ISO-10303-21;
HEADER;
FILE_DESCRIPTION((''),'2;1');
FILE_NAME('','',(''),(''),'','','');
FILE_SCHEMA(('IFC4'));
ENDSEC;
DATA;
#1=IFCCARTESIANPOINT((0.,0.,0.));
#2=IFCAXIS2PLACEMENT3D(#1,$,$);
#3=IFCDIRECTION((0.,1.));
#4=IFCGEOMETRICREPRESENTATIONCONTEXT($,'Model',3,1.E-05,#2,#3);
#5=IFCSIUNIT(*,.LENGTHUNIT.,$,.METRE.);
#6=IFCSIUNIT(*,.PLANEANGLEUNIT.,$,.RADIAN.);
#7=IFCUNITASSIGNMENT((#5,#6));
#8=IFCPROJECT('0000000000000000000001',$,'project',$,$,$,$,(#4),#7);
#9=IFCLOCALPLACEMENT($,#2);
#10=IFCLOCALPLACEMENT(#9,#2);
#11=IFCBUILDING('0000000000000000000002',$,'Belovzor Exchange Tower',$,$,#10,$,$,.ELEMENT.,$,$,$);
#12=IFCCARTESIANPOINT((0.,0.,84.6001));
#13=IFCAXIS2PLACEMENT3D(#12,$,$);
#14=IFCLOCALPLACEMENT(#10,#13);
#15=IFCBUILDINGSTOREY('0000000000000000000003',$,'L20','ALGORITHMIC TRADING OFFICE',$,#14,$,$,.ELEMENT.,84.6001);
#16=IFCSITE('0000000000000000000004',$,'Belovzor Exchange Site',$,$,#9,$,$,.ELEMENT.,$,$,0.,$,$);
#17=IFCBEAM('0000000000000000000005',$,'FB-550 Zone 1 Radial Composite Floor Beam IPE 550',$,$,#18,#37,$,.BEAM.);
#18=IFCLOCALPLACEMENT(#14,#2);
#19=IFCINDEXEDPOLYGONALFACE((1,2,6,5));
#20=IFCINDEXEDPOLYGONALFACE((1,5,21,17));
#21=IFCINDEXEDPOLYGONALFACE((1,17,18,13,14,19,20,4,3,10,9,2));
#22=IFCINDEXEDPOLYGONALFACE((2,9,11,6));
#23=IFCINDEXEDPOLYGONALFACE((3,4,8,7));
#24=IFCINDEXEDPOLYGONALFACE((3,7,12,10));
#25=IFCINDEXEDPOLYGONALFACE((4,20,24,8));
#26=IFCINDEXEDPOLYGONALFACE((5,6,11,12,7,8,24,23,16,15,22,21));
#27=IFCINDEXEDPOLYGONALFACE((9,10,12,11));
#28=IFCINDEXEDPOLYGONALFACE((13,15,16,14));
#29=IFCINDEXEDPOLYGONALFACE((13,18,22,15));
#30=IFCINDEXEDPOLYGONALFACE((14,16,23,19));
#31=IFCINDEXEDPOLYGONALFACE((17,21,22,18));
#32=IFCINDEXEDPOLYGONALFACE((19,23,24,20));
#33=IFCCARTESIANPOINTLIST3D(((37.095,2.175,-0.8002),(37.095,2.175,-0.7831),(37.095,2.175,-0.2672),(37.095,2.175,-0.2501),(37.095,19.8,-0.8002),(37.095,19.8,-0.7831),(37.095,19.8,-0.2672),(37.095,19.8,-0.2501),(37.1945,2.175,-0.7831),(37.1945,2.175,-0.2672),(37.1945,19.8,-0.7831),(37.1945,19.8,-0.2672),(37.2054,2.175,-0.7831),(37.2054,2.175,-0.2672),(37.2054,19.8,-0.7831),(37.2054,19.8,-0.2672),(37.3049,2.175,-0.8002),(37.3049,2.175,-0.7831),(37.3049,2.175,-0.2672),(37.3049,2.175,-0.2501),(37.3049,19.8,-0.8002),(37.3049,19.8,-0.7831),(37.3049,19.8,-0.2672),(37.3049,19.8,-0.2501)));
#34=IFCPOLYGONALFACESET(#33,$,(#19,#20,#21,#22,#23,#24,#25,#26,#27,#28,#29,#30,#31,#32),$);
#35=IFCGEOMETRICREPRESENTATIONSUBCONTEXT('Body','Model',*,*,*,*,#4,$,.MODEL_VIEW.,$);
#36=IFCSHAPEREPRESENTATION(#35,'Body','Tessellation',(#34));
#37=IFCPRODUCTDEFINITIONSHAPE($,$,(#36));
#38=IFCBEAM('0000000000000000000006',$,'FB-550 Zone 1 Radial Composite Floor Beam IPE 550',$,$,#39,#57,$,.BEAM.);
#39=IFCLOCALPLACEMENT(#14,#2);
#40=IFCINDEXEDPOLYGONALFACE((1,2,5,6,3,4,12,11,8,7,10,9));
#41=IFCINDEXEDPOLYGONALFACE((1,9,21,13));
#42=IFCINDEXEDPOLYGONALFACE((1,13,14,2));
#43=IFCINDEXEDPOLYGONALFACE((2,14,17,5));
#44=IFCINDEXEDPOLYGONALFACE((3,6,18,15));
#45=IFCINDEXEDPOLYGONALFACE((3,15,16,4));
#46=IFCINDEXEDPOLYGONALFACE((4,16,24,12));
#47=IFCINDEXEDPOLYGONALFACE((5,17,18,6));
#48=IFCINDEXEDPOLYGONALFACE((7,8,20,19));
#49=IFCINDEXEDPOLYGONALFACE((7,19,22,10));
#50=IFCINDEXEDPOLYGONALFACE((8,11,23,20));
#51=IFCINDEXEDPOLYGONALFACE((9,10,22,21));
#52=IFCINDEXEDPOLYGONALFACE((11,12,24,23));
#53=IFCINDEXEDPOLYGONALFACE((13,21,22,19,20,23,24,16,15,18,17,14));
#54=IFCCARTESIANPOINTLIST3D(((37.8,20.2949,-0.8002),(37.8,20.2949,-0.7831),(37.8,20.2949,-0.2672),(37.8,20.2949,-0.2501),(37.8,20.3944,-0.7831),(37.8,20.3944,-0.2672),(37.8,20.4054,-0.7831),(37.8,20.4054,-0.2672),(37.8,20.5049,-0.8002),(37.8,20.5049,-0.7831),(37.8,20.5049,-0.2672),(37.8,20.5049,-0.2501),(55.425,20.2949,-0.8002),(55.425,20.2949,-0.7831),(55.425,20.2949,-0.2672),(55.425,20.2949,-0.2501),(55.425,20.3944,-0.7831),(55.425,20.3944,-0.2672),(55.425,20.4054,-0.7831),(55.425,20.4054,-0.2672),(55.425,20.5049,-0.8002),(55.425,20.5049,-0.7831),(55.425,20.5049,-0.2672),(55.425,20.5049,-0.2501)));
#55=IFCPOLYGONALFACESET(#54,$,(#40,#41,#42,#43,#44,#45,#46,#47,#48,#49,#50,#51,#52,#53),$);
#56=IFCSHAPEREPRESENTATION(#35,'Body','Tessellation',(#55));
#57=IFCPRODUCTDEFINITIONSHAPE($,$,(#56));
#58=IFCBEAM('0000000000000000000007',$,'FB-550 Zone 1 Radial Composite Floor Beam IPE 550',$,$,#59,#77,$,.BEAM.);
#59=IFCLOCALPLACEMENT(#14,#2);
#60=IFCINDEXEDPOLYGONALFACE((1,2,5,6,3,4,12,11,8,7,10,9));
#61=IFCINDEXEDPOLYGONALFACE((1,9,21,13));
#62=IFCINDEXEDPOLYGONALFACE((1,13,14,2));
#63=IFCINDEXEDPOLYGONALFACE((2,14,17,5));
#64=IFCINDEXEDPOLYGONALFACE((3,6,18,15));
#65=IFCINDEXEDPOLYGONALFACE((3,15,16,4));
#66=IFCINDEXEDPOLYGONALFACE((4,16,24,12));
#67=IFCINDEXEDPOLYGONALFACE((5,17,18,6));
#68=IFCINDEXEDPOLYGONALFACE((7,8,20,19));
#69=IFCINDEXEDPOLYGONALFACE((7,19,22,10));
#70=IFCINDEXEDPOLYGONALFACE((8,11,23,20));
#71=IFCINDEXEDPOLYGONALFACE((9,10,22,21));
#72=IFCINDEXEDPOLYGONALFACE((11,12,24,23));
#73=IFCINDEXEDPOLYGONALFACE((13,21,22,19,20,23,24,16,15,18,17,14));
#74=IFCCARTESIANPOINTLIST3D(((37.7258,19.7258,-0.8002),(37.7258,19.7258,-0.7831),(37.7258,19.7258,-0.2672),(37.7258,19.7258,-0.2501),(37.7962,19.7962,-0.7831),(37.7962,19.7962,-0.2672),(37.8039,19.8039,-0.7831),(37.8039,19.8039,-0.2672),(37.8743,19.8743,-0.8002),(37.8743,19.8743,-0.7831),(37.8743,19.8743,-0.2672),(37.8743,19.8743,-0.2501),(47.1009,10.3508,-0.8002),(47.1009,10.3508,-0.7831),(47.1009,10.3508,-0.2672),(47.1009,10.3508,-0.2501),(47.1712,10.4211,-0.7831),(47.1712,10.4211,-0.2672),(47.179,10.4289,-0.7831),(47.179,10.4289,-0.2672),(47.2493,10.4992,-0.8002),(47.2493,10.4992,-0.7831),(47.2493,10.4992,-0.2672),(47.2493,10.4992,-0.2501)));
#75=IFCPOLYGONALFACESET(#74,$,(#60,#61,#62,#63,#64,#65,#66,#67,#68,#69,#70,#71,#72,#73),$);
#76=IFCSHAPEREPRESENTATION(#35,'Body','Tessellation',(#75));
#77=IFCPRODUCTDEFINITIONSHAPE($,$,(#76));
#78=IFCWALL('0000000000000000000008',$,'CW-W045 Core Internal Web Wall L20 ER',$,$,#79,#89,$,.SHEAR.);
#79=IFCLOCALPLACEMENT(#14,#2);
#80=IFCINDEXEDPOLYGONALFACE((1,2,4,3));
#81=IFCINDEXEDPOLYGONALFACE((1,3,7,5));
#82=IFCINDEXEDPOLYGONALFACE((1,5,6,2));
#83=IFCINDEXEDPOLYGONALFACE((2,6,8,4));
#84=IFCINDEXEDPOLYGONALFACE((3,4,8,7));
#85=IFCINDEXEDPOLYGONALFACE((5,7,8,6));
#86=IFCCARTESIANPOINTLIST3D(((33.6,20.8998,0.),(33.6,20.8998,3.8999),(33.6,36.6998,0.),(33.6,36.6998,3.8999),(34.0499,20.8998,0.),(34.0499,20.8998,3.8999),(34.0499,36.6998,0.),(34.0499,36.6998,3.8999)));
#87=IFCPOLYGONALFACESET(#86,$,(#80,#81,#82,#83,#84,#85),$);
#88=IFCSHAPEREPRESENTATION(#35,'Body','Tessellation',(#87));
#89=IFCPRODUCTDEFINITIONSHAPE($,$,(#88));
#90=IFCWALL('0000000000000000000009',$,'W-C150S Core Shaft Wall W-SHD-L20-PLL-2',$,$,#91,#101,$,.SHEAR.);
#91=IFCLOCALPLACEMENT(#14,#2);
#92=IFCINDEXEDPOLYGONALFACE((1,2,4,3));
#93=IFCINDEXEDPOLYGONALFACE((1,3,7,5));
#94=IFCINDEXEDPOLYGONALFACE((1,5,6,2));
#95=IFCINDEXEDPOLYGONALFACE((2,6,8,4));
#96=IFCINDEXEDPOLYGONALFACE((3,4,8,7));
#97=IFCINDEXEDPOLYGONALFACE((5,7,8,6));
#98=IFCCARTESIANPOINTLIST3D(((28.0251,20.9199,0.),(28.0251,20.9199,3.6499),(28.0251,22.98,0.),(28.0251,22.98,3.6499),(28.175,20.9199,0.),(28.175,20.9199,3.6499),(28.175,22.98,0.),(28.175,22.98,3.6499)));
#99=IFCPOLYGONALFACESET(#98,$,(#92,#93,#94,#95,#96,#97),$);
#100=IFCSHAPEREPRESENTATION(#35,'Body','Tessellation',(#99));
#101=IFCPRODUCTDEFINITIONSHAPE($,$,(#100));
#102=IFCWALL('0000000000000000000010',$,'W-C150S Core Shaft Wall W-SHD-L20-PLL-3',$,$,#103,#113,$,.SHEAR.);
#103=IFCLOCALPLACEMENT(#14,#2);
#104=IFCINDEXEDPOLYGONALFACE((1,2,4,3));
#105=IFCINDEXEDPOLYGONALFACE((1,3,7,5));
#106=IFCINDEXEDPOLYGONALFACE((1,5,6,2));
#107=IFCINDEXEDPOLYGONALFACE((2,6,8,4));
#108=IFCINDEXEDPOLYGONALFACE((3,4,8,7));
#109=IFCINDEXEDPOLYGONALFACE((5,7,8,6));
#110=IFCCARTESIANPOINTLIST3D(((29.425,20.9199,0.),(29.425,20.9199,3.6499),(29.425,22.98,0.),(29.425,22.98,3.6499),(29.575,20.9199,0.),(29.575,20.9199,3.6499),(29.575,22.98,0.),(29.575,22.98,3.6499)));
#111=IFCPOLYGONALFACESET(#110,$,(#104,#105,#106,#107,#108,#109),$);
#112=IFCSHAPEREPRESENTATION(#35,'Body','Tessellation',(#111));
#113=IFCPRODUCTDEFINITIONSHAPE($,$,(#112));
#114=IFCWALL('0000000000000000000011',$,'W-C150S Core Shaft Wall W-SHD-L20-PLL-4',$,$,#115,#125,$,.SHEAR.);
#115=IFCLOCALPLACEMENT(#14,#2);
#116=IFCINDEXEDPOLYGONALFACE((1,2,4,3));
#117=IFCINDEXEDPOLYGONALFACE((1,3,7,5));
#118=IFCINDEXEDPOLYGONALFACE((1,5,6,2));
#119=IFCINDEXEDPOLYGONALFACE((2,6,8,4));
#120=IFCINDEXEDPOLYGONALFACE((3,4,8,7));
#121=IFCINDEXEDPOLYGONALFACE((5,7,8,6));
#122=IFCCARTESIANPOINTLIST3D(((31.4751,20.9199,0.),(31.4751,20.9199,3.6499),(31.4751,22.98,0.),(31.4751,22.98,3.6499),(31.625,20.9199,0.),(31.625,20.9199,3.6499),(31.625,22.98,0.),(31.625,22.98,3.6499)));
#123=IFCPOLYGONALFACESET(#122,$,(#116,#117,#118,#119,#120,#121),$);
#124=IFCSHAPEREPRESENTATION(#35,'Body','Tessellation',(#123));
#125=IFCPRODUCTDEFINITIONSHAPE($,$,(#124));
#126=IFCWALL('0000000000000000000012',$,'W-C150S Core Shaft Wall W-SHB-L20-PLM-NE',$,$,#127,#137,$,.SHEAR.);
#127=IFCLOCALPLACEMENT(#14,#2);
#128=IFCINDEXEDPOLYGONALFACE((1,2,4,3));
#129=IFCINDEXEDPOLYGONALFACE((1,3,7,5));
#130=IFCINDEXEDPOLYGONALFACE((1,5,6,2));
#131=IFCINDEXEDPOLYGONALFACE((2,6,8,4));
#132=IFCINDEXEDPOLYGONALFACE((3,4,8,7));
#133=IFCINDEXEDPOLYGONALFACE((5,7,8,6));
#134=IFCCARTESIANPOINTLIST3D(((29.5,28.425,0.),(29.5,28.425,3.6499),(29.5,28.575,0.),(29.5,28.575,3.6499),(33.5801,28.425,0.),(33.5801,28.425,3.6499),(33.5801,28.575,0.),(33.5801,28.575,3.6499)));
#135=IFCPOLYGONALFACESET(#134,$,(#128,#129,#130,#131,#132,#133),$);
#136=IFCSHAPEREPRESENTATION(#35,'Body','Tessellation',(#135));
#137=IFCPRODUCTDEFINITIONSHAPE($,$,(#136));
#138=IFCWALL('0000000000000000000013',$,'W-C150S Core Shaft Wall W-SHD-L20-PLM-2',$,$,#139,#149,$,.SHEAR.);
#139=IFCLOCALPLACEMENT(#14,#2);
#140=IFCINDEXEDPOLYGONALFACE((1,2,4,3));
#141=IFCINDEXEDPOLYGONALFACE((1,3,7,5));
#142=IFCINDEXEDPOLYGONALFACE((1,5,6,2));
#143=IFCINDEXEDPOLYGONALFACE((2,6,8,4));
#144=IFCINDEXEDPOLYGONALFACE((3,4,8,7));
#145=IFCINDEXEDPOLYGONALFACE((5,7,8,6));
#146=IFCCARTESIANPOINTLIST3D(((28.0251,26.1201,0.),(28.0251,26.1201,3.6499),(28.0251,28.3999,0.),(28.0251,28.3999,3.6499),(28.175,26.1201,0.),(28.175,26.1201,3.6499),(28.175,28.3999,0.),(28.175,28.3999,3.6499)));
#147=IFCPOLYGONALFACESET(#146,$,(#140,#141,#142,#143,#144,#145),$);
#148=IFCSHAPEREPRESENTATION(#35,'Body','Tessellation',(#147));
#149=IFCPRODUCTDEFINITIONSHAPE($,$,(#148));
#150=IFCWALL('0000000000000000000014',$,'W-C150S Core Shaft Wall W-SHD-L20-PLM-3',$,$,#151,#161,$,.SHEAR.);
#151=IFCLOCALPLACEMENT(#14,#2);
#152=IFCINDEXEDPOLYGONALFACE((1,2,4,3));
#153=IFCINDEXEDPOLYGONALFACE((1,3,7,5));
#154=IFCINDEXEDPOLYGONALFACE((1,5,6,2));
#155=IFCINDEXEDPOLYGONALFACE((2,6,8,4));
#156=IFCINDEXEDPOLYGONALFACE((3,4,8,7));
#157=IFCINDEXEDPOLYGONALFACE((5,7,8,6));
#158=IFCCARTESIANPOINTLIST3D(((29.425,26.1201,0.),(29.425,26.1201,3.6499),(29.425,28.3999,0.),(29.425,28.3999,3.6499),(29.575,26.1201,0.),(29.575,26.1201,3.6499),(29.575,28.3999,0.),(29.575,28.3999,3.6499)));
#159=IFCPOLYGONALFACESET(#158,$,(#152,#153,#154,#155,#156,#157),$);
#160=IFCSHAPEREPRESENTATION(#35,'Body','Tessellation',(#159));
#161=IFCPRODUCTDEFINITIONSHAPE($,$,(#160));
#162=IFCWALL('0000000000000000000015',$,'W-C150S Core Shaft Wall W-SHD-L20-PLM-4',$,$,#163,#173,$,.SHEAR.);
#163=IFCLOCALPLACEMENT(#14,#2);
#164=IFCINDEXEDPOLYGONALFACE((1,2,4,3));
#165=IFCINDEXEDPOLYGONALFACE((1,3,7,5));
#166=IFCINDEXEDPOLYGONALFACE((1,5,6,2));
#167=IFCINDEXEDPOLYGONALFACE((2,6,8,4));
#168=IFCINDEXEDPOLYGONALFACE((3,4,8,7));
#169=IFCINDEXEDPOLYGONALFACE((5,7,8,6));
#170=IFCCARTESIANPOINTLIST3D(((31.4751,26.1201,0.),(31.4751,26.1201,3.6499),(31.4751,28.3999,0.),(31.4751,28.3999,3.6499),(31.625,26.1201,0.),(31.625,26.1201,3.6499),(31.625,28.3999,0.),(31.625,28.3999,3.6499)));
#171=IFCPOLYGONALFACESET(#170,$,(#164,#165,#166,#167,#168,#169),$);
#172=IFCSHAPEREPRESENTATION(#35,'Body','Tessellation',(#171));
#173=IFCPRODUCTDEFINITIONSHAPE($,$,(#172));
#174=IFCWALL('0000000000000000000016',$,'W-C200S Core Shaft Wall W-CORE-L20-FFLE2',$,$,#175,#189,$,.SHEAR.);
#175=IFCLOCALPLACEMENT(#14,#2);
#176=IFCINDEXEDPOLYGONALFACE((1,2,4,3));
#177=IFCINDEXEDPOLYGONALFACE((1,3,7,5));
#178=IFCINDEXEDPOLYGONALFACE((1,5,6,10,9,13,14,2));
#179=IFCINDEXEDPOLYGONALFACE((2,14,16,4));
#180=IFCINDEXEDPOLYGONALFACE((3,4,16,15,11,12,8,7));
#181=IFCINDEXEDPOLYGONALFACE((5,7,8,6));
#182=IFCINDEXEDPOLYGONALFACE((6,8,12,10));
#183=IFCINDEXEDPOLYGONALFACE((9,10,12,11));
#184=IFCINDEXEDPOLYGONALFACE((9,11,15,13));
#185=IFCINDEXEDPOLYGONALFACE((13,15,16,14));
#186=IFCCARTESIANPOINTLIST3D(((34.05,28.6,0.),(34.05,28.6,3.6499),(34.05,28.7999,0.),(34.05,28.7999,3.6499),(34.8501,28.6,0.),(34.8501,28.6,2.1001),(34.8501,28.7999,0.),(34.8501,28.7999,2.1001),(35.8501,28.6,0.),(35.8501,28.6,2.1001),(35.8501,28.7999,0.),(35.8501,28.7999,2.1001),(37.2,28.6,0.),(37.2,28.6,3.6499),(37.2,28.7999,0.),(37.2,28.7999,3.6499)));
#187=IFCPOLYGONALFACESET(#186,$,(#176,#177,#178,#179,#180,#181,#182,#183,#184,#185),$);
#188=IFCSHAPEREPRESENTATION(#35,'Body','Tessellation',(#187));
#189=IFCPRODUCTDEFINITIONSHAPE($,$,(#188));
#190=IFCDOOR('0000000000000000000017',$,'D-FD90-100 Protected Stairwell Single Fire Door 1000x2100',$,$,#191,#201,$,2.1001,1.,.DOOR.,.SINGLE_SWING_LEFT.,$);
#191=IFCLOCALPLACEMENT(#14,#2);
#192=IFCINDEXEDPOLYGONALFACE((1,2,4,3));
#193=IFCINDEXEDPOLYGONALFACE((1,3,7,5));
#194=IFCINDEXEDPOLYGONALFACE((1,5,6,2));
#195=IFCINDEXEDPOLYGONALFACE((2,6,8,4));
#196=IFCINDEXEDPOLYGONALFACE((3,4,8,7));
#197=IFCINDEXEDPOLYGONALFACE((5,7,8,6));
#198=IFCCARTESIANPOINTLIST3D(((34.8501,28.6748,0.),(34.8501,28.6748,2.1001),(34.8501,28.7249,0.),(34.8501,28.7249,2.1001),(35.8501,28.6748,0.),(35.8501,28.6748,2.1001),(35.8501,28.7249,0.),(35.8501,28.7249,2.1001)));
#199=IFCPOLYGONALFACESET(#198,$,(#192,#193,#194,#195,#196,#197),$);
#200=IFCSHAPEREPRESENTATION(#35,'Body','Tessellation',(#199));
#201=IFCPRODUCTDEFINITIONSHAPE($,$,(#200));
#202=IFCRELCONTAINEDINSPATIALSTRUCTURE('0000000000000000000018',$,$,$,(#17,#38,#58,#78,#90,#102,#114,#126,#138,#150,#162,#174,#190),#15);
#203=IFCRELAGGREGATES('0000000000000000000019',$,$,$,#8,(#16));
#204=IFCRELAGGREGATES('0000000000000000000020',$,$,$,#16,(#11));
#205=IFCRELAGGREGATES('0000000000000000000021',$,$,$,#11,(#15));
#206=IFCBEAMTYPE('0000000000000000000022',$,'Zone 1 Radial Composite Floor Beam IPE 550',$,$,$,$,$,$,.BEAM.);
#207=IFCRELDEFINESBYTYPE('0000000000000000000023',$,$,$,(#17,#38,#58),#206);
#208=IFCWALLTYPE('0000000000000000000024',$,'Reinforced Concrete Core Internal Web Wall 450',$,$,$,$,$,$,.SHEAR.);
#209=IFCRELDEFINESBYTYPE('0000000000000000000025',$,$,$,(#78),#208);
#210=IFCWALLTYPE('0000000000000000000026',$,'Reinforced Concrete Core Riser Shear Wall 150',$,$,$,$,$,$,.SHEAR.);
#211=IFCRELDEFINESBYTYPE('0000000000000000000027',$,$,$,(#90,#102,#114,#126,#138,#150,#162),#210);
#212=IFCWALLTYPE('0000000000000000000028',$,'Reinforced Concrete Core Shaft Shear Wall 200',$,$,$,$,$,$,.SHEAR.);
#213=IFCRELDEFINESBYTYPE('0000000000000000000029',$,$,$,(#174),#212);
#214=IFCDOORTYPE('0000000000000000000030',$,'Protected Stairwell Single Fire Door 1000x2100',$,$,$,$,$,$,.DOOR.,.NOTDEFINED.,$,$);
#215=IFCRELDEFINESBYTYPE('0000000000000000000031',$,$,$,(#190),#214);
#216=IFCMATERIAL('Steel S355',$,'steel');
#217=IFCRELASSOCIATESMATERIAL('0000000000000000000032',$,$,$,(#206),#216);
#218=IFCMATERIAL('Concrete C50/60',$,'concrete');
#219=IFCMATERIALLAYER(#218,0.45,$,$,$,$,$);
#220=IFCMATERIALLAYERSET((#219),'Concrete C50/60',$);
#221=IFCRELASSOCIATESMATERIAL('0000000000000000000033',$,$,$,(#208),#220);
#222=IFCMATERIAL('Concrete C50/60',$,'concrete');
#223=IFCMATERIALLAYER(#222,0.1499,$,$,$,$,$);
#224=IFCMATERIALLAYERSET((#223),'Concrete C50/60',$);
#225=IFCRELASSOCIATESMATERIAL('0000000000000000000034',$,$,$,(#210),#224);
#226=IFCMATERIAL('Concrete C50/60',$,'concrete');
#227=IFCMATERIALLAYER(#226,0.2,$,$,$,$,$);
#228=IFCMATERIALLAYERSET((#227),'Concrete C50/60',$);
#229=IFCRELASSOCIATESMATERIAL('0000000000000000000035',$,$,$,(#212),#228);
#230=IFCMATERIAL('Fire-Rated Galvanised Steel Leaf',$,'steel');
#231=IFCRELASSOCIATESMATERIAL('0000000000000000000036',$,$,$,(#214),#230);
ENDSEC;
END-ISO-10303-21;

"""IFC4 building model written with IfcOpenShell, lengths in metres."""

from ifc_helpers import new_model, si_unit, direction, frame, frame_2d, origin, origin_2d, place, context, subcontext, project, spatial, rectangle, i_section, extrude, material, layer, layer_set, material_profile, profile_set, type_object, element, fill, save


model = new_model("IFC4")

# Units and contexts
model_context = context("Model", 3, precision=1e-05, world=origin(), true_north=direction((0.0, 1.0)))
body_context = subcontext(model_context, "Body", "Model", "MODEL_VIEW")
ifc_project = project(units=[si_unit("LENGTHUNIT", "METRE"), si_unit("PLANEANGLEUNIT", "RADIAN")], contexts=[model_context])

# Site, building, storey
site_placement = place(None, origin())
site = spatial("IfcSite", under=ifc_project, at=site_placement, Name="Belovzor Exchange Site", CompositionType="ELEMENT", RefElevation=0.0)
building_placement = place(site_placement, origin())
building = spatial("IfcBuilding", under=site, at=building_placement, Name="Belovzor Exchange Tower", CompositionType="ELEMENT")
storey_placement = place(building_placement, frame((0.0, 0.0, 84.6001)))
storey = spatial("IfcBuildingStorey", under=building, at=storey_placement, Name="L20", Description="ALGORITHMIC TRADING OFFICE", CompositionType="ELEMENT", Elevation=84.6001)

# Beams
ifc_material_1 = material(Name="Steel S355", Category="steel")
ifc_material_profile = material_profile(ifc_material_1, i_section(OverallWidth=0.21, OverallDepth=0.55, WebThickness=0.011, FlangeThickness=0.0171, at=origin_2d()))
ifc_profile_set = profile_set([ifc_material_profile], Name="Steel S355")
beam_type = type_object("IfcBeamType", Name="Zone 1 Radial Composite Floor Beam IPE 550", PredefinedType="BEAM", material=ifc_profile_set)
for number, where, z_axis, x_axis, name in (
    (1, (37.2, 19.8, -0.5251), (0.0, -1.0, 0.0), (1.0, 0.0, 0.0), "FB-550 Zone 1 Radial Composite Floor Beam IPE 550"),
    (2, (37.8, 20.3999, -0.5251), (1.0, 0.0, 0.0), (0.0, 1.0, 0.0), "FB-550 Zone 1 Radial Composite Floor Beam IPE 550"),
):
    element("IfcBeam", number, at=place(storey_placement, frame(where, z_axis=z_axis, x_axis=x_axis)), inside=storey, type_object=beam_type, Name=name, PredefinedType="BEAM", context=body_context, shape_type="SweptSolid", body=[
        extrude(i_section(OverallWidth=0.21, OverallDepth=0.55, WebThickness=0.011, FlangeThickness=0.0171, at=origin_2d()), origin(), (0.0, 0.0, 1.0), 17.625),
    ])
beam_placement = place(storey_placement, frame((37.8, 19.8, -0.5251), z_axis=(0.707107, -0.707107, 0.0), x_axis=(0.707107, 0.707107, 0.0)))
element("IfcBeam", 3, at=beam_placement, inside=storey, type_object=beam_type, Name="FB-550 Zone 1 Radial Composite Floor Beam IPE 550", PredefinedType="BEAM", context=body_context, shape_type="SweptSolid", body=[
    extrude(i_section(OverallWidth=0.21, OverallDepth=0.55, WebThickness=0.011, FlangeThickness=0.0171, at=origin_2d()), origin(), (0.0, 0.0, 1.0), 13.2583),
])

# Walls
ifc_material_2 = material(Name="Concrete C50/60", Category="concrete")
ifc_layer_1 = layer(ifc_material_2, 0.45)
ifc_layer_set_1 = layer_set([ifc_layer_1], Name="Concrete C50/60")
wall_type_1 = type_object("IfcWallType", Name="Reinforced Concrete Core Internal Web Wall 450", PredefinedType="SHEAR", material=ifc_layer_set_1)
wall_1_placement = place(storey_placement, frame((33.825, 20.8999, 0.0), z_axis=(0.0, 0.0, 1.0), x_axis=(0.0, 1.0, 0.0)))
element("IfcWall", 4, at=wall_1_placement, inside=storey, type_object=wall_type_1, Name="CW-W045 Core Internal Web Wall L20 ER", PredefinedType="SHEAR", context=body_context, shape_type="SweptSolid", body=[
    extrude(rectangle(XDim=15.8, YDim=0.45, at=frame_2d((7.8999, 0.0))), origin(), (0.0, 0.0, 1.0), 3.8999),
])
ifc_material_3 = material(Name="Concrete C50/60", Category="concrete")
ifc_layer_2 = layer(ifc_material_3, 0.1499)
ifc_layer_set_2 = layer_set([ifc_layer_2], Name="Concrete C50/60")
wall_type_2 = type_object("IfcWallType", Name="Reinforced Concrete Core Riser Shear Wall 150", PredefinedType="SHEAR", material=ifc_layer_set_2)
for number, where, z_axis, x_axis, name in (
    (5, (28.1001, 20.9199, 0.0), (0.0, 0.0, 1.0), (0.0, 1.0, 0.0), "W-C150S Core Shaft Wall W-SHD-L20-PLL-2"),
    (6, (29.5, 20.9199, 0.0), (0.0, 0.0, 1.0), (0.0, 1.0, 0.0), "W-C150S Core Shaft Wall W-SHD-L20-PLL-3"),
    (7, (31.55, 20.9199, 0.0), (0.0, 0.0, 1.0), (0.0, 1.0, 0.0), "W-C150S Core Shaft Wall W-SHD-L20-PLL-4"),
):
    element("IfcWall", number, at=place(storey_placement, frame(where, z_axis=z_axis, x_axis=x_axis)), inside=storey, type_object=wall_type_2, Name=name, PredefinedType="SHEAR", context=body_context, shape_type="SweptSolid", body=[
        extrude(rectangle(XDim=2.0601, YDim=0.1499, at=frame_2d((1.03, 0.0))), origin(), (0.0, 0.0, 1.0), 3.6499),
    ])
wall_2_placement = place(storey_placement, frame((29.5, 28.5, 0.0), z_axis=(0.0, 0.0, 1.0), x_axis=(1.0, 0.0, 0.0)))
element("IfcWall", 8, at=wall_2_placement, inside=storey, type_object=wall_type_2, Name="W-C150S Core Shaft Wall W-SHB-L20-PLM-NE", PredefinedType="SHEAR", context=body_context, shape_type="SweptSolid", body=[
    extrude(rectangle(XDim=4.0801, YDim=0.1499, at=frame_2d((2.04, 0.0))), origin(), (0.0, 0.0, 1.0), 3.6499),
])
for number, where, z_axis, x_axis, name in (
    (9, (28.1001, 26.1201, 0.0), (0.0, 0.0, 1.0), (0.0, 1.0, 0.0), "W-C150S Core Shaft Wall W-SHD-L20-PLM-2"),
    (10, (29.5, 26.1201, 0.0), (0.0, 0.0, 1.0), (0.0, 1.0, 0.0), "W-C150S Core Shaft Wall W-SHD-L20-PLM-3"),
    (11, (31.55, 26.1201, 0.0), (0.0, 0.0, 1.0), (0.0, 1.0, 0.0), "W-C150S Core Shaft Wall W-SHD-L20-PLM-4"),
):
    element("IfcWall", number, at=place(storey_placement, frame(where, z_axis=z_axis, x_axis=x_axis)), inside=storey, type_object=wall_type_2, Name=name, PredefinedType="SHEAR", context=body_context, shape_type="SweptSolid", body=[
        extrude(rectangle(XDim=2.2798, YDim=0.1499, at=frame_2d((1.1399, 0.0))), origin(), (0.0, 0.0, 1.0), 3.6499),
    ])

# Wall, opening, door
ifc_material_4 = material(Name="Concrete C50/60", Category="concrete")
ifc_layer_3 = layer(ifc_material_4, 0.2)
ifc_layer_set_3 = layer_set([ifc_layer_3], Name="Concrete C50/60")
wall_type_3 = type_object("IfcWallType", Name="Reinforced Concrete Core Shaft Shear Wall 200", PredefinedType="SHEAR", material=ifc_layer_set_3)
wall_3_placement = place(storey_placement, frame((34.05, 28.7, 0.0), z_axis=(0.0, 0.0, 1.0), x_axis=(1.0, 0.0, 0.0)))
wall_3 = element("IfcWall", 12, at=wall_3_placement, inside=storey, type_object=wall_type_3, Name="W-C200S Core Shaft Wall W-CORE-L20-FFLE2", PredefinedType="SHEAR", context=body_context, shape_type="SweptSolid", body=[
    extrude(rectangle(XDim=3.1499, YDim=0.2, at=frame_2d((1.575, 0.0))), origin(), (0.0, 0.0, 1.0), 3.6499),
])
opening_1_placement = place(wall_3_placement, frame((0.8, 0.0, 0.0)))
opening_1 = element("IfcOpeningElement", 13, at=opening_1_placement, cuts=wall_3, PredefinedType="OPENING", context=body_context, shape_type="SweptSolid", body=[
    extrude(rectangle(XDim=1.0, YDim=2.1001, at=frame_2d((0.5, 1.05))), frame((0.0, 0.1099, 0.0), z_axis=(0.0, -1.0, 0.0), x_axis=(1.0, 0.0, 0.0)), (0.0, 0.0, 1.0), 0.22),
])
ifc_material_5 = material(Name="Fire-Rated Galvanised Steel Leaf", Category="steel")
door_type_1 = type_object("IfcDoorType", Name="Protected Stairwell Single Fire Door 1000x2100", OperationType="NOTDEFINED", PredefinedType="DOOR", material=ifc_material_5)
door_1_placement = place(opening_1_placement, origin())
door_1 = element("IfcDoor", 14, at=door_1_placement, inside=storey, type_object=door_type_1, Name="D-FD90-100 Protected Stairwell Single Fire Door 1000x2100", OperationType="SINGLE_SWING_LEFT", OverallHeight=2.1001, OverallWidth=1.0, PredefinedType="DOOR", context=body_context, shape_type="SweptSolid", body=[
    extrude(rectangle(XDim=1.0, YDim=2.1001, at=frame_2d((0.5, 1.05))), frame((0.0, 0.0249, 0.0), z_axis=(0.0, -1.0, 0.0), x_axis=(1.0, 0.0, 0.0)), (0.0, 0.0, 1.0), 0.05),
])
fill(opening_1, door_1)

save(model, "model.ifc")
